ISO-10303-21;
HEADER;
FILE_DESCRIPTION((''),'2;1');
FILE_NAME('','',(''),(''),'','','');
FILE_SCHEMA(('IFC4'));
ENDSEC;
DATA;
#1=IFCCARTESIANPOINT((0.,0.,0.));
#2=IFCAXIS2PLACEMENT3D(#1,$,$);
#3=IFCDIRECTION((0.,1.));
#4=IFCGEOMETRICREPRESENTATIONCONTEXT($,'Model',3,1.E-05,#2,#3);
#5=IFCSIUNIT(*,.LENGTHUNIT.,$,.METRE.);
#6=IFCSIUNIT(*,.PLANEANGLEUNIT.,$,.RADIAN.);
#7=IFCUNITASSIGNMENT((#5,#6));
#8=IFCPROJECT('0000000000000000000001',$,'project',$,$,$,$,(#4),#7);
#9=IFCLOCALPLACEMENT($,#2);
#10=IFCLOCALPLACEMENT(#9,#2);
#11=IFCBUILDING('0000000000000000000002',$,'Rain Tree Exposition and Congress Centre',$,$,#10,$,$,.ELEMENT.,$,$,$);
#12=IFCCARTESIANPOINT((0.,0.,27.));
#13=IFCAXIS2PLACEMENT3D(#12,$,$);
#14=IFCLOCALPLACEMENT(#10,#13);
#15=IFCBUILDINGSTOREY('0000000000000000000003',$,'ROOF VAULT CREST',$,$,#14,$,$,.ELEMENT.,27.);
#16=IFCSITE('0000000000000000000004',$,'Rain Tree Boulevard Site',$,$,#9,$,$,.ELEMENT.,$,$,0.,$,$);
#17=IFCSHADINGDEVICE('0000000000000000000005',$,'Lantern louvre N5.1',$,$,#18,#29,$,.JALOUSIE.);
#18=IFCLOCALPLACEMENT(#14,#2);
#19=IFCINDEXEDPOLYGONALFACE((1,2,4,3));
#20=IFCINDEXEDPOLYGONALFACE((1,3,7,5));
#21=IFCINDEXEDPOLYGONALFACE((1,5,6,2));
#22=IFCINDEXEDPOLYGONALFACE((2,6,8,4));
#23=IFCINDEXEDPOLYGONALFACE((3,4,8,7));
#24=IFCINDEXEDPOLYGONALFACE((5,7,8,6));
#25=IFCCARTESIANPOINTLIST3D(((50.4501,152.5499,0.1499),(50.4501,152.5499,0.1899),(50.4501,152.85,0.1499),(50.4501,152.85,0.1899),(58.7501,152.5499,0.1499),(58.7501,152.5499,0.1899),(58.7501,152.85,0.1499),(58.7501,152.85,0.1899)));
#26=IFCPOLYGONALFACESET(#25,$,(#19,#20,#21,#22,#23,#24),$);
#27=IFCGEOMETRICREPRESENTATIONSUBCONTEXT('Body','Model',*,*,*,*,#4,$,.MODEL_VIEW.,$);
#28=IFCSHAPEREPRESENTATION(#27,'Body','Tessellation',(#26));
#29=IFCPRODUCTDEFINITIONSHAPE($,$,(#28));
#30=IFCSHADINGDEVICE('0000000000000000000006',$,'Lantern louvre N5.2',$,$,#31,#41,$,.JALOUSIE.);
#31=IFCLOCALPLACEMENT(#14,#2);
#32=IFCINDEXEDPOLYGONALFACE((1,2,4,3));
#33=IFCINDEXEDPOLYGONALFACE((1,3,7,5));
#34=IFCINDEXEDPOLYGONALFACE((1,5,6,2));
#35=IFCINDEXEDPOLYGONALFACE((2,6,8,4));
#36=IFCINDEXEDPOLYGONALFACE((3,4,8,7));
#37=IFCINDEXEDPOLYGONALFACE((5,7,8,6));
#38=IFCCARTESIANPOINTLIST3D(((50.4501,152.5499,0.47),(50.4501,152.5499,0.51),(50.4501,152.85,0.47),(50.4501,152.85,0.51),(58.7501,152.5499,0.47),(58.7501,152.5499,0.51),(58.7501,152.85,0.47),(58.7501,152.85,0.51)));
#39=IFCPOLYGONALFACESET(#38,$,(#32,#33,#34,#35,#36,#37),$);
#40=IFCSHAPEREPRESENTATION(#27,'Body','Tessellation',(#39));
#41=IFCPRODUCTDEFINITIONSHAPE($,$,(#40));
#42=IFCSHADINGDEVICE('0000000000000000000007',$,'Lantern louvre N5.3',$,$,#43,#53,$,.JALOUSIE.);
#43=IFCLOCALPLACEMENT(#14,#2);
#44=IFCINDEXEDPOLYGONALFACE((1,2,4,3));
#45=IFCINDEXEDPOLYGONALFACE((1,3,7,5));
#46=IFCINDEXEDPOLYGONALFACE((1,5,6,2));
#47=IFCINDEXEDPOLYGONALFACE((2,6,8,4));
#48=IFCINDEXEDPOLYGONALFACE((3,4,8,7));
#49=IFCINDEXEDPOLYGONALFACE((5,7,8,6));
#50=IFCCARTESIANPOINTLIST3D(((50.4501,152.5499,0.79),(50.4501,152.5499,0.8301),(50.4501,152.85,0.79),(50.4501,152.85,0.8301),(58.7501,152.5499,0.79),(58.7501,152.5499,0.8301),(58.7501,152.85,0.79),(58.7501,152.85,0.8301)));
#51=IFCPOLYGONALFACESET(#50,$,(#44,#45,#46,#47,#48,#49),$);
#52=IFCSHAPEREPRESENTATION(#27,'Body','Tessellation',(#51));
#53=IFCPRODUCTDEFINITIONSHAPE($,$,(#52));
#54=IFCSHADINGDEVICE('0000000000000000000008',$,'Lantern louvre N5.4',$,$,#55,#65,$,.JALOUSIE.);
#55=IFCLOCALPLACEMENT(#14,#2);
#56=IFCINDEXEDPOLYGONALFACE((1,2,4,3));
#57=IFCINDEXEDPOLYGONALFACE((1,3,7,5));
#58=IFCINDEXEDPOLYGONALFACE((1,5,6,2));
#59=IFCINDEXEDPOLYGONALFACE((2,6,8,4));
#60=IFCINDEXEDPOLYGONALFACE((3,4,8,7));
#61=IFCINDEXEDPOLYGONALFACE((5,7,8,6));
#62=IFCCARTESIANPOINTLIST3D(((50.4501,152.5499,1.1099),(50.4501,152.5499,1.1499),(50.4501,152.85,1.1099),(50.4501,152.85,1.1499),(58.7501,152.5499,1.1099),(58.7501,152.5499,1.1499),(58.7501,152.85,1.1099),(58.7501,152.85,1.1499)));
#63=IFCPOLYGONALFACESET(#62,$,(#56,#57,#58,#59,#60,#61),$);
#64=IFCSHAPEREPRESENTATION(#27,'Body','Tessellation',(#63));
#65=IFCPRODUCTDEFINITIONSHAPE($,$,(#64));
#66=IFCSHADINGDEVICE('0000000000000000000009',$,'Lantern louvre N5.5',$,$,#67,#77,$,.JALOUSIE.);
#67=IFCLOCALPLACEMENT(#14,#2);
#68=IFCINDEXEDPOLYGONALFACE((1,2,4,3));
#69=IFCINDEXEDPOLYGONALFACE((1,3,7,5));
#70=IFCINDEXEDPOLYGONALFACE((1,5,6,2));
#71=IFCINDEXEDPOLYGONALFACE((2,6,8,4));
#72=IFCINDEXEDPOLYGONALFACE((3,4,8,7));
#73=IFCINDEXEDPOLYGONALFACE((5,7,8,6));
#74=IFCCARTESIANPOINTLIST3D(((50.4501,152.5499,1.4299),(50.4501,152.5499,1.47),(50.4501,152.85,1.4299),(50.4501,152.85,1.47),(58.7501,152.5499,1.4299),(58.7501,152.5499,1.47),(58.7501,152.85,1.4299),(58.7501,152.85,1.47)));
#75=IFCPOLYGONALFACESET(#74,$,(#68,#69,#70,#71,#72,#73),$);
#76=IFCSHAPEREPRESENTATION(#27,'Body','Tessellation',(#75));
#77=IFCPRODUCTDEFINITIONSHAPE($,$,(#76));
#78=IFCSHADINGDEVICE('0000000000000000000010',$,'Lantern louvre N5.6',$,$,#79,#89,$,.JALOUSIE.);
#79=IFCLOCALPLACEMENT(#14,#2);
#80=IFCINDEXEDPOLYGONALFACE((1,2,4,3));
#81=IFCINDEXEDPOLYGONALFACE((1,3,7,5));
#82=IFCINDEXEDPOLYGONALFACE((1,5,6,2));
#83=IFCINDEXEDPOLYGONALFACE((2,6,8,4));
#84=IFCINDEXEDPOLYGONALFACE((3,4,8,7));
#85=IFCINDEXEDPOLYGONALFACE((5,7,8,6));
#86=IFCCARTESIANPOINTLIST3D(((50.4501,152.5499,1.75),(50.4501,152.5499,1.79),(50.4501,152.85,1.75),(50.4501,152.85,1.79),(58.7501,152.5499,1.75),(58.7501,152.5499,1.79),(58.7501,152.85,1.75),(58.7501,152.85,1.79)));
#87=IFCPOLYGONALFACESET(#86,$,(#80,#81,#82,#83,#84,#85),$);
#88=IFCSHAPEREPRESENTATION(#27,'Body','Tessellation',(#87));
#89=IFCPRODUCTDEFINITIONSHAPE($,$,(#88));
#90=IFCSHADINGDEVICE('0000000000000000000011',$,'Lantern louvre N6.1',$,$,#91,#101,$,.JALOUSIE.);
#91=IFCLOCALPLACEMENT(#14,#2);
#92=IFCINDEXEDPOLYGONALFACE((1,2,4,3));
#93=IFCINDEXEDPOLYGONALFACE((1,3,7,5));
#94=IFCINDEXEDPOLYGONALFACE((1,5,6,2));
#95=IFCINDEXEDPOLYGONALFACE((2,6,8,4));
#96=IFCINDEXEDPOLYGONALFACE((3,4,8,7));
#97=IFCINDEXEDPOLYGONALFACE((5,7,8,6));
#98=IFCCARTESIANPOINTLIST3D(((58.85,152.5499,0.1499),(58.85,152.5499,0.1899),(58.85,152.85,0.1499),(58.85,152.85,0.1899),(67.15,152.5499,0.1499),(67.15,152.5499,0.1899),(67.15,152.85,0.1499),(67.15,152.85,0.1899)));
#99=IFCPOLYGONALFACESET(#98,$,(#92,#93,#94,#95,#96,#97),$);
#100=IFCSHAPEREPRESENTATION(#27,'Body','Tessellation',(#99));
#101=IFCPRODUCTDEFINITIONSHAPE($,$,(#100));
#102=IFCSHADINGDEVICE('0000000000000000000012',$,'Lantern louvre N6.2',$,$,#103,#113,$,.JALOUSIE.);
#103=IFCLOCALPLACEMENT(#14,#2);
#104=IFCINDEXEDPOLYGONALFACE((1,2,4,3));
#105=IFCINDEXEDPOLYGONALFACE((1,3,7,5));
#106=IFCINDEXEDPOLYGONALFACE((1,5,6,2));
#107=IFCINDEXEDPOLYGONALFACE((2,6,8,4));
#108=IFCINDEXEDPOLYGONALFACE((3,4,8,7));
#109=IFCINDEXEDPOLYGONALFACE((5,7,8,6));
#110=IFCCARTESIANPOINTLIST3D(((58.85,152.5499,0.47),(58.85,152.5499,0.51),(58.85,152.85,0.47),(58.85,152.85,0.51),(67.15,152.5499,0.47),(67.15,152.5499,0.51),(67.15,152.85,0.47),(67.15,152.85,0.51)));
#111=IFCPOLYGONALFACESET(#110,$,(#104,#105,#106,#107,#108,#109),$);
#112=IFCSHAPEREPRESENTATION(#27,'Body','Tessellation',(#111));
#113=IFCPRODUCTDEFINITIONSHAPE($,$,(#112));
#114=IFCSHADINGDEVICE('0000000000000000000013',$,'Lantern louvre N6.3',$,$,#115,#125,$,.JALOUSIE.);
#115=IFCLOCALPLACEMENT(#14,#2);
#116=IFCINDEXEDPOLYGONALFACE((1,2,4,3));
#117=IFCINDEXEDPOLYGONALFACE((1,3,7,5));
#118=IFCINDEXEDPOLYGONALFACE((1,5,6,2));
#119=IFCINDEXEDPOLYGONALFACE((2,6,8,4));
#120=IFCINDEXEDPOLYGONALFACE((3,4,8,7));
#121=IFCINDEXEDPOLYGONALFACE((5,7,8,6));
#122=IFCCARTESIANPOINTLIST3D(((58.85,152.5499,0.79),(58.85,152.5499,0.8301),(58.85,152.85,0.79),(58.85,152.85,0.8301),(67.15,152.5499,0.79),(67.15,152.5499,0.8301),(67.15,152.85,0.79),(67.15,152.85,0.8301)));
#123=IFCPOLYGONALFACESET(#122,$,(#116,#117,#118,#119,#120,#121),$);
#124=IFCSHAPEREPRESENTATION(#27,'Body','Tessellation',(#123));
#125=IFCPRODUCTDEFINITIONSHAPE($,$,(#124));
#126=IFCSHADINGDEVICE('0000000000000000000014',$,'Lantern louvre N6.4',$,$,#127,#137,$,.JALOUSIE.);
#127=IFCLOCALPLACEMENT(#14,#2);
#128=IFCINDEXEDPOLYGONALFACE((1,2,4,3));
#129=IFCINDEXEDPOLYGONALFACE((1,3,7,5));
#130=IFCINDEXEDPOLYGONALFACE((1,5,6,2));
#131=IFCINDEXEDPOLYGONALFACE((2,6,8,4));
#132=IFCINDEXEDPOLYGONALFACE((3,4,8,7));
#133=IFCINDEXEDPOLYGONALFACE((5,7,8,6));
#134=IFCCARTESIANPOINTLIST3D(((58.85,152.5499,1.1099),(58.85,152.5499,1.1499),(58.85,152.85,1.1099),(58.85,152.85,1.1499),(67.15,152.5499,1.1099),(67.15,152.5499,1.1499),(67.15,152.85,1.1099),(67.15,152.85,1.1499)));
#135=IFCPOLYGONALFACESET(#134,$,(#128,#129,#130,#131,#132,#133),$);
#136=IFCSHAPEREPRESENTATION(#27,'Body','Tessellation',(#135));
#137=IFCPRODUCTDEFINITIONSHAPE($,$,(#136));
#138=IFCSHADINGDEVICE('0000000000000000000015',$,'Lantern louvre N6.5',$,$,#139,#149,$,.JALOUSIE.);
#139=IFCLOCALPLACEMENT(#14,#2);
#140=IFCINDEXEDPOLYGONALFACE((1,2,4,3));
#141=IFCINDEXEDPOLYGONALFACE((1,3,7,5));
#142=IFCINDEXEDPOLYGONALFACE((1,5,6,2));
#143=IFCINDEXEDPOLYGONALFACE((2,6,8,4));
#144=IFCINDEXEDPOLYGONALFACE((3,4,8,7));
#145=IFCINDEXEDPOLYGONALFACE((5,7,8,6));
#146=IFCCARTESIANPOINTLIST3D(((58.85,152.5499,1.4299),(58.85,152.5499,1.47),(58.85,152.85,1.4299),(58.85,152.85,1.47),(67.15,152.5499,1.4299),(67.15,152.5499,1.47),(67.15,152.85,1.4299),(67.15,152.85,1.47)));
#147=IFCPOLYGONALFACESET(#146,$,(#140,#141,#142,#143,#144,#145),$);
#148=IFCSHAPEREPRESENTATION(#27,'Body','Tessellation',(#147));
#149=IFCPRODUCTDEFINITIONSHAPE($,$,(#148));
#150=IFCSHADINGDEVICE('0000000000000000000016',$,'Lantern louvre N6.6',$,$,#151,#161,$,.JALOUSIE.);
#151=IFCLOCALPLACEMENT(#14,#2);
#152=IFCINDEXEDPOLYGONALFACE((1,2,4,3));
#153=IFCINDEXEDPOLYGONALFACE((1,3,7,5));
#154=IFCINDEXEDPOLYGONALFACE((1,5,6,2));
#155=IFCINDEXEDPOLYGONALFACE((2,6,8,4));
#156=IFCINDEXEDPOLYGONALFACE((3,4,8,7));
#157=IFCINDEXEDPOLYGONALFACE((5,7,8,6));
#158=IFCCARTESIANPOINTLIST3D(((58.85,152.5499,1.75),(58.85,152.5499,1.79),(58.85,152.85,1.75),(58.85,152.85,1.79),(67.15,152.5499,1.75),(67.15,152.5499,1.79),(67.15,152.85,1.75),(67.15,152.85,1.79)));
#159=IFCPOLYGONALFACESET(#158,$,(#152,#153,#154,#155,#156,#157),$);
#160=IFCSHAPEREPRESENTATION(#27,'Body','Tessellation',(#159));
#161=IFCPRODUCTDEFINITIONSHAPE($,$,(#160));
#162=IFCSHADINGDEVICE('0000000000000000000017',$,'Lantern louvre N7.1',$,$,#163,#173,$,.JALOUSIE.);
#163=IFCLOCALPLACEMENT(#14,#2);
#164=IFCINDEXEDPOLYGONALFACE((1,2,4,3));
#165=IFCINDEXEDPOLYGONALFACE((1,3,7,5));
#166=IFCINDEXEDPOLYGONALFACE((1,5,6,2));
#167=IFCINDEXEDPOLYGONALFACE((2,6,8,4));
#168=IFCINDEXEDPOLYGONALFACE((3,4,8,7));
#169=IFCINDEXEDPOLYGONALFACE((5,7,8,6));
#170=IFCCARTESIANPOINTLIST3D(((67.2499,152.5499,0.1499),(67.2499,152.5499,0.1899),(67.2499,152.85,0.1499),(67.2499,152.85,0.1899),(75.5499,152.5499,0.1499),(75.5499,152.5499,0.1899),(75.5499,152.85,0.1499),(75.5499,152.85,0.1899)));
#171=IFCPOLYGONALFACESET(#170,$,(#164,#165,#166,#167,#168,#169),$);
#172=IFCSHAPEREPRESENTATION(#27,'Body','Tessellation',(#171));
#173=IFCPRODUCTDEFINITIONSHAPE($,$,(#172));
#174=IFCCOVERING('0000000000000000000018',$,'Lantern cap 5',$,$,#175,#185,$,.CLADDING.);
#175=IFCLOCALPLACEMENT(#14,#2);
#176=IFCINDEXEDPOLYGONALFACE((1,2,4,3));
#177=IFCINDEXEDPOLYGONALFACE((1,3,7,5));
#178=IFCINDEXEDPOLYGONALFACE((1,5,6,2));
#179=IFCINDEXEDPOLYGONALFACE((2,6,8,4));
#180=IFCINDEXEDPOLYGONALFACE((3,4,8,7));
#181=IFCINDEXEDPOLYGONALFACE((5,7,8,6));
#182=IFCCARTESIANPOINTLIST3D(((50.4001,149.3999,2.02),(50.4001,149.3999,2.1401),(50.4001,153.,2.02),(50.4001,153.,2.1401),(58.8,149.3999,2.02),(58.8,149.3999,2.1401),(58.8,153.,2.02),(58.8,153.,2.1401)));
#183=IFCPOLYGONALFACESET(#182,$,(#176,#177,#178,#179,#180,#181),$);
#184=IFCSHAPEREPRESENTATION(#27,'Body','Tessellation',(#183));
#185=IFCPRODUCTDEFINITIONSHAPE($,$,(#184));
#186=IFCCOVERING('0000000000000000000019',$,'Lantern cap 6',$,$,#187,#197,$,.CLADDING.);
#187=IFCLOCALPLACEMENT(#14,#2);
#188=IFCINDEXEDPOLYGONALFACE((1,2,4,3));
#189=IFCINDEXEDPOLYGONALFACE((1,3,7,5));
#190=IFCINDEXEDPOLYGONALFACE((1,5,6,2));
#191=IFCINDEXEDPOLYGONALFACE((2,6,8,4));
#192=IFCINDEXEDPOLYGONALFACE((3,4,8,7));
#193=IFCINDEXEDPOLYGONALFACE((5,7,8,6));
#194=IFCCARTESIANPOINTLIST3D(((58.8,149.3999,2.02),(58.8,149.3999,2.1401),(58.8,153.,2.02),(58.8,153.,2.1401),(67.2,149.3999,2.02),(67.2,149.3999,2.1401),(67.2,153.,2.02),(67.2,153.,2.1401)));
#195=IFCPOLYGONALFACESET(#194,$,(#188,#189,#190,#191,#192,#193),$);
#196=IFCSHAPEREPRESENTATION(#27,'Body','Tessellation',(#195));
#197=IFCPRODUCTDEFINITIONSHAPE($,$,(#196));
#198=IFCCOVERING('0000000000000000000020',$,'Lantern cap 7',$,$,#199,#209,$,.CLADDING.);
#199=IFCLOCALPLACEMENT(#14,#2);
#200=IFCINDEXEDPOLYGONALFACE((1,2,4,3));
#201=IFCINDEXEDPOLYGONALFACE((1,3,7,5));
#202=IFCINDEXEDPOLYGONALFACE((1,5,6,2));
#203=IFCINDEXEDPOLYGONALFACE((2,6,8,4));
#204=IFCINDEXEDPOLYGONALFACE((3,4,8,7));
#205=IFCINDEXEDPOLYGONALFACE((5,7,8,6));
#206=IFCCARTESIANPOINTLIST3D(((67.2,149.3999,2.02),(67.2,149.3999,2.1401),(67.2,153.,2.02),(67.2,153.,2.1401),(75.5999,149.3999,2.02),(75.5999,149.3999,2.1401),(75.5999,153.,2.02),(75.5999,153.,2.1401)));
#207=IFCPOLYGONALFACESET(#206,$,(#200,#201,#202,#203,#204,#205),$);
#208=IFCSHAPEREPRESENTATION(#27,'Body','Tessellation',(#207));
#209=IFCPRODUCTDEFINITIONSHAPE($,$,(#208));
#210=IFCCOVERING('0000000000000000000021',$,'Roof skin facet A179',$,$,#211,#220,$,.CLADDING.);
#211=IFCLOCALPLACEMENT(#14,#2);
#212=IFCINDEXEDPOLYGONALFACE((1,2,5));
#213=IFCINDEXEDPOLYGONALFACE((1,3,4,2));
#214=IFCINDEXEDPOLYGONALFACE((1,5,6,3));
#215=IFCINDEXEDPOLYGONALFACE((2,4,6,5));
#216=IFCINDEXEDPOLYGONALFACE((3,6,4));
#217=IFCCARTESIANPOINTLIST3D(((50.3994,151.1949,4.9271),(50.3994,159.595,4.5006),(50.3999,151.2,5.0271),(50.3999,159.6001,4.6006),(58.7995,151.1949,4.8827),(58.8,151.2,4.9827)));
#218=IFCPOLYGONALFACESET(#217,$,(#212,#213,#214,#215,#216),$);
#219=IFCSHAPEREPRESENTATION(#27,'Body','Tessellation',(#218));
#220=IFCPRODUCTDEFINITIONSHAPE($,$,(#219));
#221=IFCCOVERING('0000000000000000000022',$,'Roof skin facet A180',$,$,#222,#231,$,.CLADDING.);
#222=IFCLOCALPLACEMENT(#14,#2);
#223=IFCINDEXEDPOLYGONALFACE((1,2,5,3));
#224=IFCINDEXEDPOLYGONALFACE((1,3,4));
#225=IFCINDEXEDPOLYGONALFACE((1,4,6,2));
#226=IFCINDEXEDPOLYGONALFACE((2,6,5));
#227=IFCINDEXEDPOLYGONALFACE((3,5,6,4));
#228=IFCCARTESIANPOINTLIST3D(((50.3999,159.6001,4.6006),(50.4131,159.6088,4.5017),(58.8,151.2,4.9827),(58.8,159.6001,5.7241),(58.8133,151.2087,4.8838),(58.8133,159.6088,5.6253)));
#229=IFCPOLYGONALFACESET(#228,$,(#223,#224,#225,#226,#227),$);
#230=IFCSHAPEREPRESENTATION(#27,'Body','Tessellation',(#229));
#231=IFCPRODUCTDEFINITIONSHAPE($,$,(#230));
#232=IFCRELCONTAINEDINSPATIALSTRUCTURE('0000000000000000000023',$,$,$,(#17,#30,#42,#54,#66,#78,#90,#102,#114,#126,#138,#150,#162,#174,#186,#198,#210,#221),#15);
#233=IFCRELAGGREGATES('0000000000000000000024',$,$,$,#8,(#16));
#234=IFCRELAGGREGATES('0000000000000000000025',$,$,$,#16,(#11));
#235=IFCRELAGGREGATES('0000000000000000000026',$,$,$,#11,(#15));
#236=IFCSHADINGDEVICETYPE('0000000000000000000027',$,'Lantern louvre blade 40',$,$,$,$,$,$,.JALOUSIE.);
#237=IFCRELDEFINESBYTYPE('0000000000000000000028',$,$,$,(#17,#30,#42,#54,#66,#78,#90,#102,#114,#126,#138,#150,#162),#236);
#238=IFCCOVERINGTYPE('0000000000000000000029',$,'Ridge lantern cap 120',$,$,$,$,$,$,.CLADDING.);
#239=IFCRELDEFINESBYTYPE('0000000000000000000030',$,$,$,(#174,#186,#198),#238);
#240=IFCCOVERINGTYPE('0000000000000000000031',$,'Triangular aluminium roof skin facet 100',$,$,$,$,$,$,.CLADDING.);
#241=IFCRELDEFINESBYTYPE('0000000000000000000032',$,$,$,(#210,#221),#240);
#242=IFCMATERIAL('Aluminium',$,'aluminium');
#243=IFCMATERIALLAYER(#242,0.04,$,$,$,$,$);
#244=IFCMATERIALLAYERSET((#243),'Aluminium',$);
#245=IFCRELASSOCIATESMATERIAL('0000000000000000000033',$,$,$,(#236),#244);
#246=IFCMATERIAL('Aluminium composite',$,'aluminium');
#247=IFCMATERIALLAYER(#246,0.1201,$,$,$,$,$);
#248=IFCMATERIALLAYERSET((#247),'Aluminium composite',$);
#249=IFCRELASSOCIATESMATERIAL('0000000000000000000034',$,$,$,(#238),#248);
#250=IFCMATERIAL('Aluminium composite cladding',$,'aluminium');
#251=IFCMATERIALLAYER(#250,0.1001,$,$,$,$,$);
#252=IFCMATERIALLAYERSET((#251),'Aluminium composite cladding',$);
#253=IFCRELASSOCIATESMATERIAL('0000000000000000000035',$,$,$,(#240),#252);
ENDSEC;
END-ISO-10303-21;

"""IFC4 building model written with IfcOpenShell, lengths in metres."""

from ifc_helpers import new_model, si_unit, direction, frame, origin, origin_2d, place, context, subcontext, project, spatial, polyline, rectangle, outline, extrude, material, layer, layer_set, type_object, element, save


model = new_model("IFC4")

# Units and contexts
model_context = context("Model", 3, precision=1e-05, world=origin(), true_north=direction((0.0, 1.0)))
body_context = subcontext(model_context, "Body", "Model", "MODEL_VIEW")
ifc_project = project(units=[si_unit("LENGTHUNIT", "METRE"), si_unit("PLANEANGLEUNIT", "RADIAN")], contexts=[model_context])

# Site, building, storey
site_placement = place(None, origin())
site = spatial("IfcSite", under=ifc_project, at=site_placement, Name="Rain Tree Boulevard Site", CompositionType="ELEMENT", RefElevation=0.0)
building_placement = place(site_placement, origin())
building = spatial("IfcBuilding", under=site, at=building_placement, Name="Rain Tree Exposition and Congress Centre", CompositionType="ELEMENT")
storey_placement = place(building_placement, frame((0.0, 0.0, 27.0)))
storey = spatial("IfcBuildingStorey", under=building, at=storey_placement, Name="ROOF VAULT CREST", CompositionType="ELEMENT", Elevation=27.0)

# Shading devices
ifc_material_1 = material(Name="Aluminium", Category="aluminium")
ifc_layer_1 = layer(ifc_material_1, 0.04)
ifc_layer_set_1 = layer_set([ifc_layer_1], Name="Aluminium")
shading_device_type = type_object("IfcShadingDeviceType", Name="Lantern louvre blade 40", PredefinedType="JALOUSIE", material=ifc_layer_set_1)
for number, where, z_axis, x_axis, name in (
    (1, (54.6001, 152.7, 0.1499), (0.0, 0.0, 1.0), (1.0, 0.0, 0.0), "Lantern louvre N5.1"),
    (2, (54.6001, 152.7, 0.47), (0.0, 0.0, 1.0), (1.0, 0.0, 0.0), "Lantern louvre N5.2"),
    (3, (54.6001, 152.7, 0.79), (0.0, 0.0, 1.0), (1.0, 0.0, 0.0), "Lantern louvre N5.3"),
    (4, (54.6001, 152.7, 1.1099), (0.0, 0.0, 1.0), (1.0, 0.0, 0.0), "Lantern louvre N5.4"),
    (5, (54.6001, 152.7, 1.4299), (0.0, 0.0, 1.0), (1.0, 0.0, 0.0), "Lantern louvre N5.5"),
    (6, (54.6001, 152.7, 1.75), (0.0, 0.0, 1.0), (1.0, 0.0, 0.0), "Lantern louvre N5.6"),
    (7, (63.0, 152.7, 0.1499), (0.0, 0.0, 1.0), (1.0, 0.0, 0.0), "Lantern louvre N6.1"),
    (8, (63.0, 152.7, 0.47), (0.0, 0.0, 1.0), (1.0, 0.0, 0.0), "Lantern louvre N6.2"),
    (9, (63.0, 152.7, 0.79), (0.0, 0.0, 1.0), (1.0, 0.0, 0.0), "Lantern louvre N6.3"),
    (10, (63.0, 152.7, 1.1099), (0.0, 0.0, 1.0), (1.0, 0.0, 0.0), "Lantern louvre N6.4"),
    (11, (63.0, 152.7, 1.4299), (0.0, 0.0, 1.0), (1.0, 0.0, 0.0), "Lantern louvre N6.5"),
    (12, (63.0, 152.7, 1.75), (0.0, 0.0, 1.0), (1.0, 0.0, 0.0), "Lantern louvre N6.6"),
    (13, (71.3999, 152.7, 0.1499), (0.0, 0.0, 1.0), (1.0, 0.0, 0.0), "Lantern louvre N7.1"),
):
    element("IfcShadingDevice", number, at=place(storey_placement, frame(where, z_axis=z_axis, x_axis=x_axis)), inside=storey, type_object=shading_device_type, Name=name, PredefinedType="JALOUSIE", context=body_context, shape_type="SweptSolid", body=[
        extrude(rectangle(XDim=8.3, YDim=0.3, at=origin_2d()), origin(), (0.0, 0.0, 1.0), 0.04),
    ])

# Coverings
ifc_material_2 = material(Name="Aluminium composite", Category="aluminium")
ifc_layer_2 = layer(ifc_material_2, 0.1201)
ifc_layer_set_2 = layer_set([ifc_layer_2], Name="Aluminium composite")
covering_type_1 = type_object("IfcCoveringType", Name="Ridge lantern cap 120", PredefinedType="CLADDING", material=ifc_layer_set_2)
for number, where, z_axis, x_axis, name in (
    (14, (54.6001, 151.2, 2.02), (0.0, 0.0, 1.0), (1.0, 0.0, 0.0), "Lantern cap 5"),
    (15, (63.0, 151.2, 2.02), (0.0, 0.0, 1.0), (1.0, 0.0, 0.0), "Lantern cap 6"),
    (16, (71.3999, 151.2, 2.02), (0.0, 0.0, 1.0), (1.0, 0.0, 0.0), "Lantern cap 7"),
):
    element("IfcCovering", number, at=place(storey_placement, frame(where, z_axis=z_axis, x_axis=x_axis)), inside=storey, type_object=covering_type_1, Name=name, PredefinedType="CLADDING", context=body_context, shape_type="SweptSolid", body=[
        extrude(rectangle(XDim=8.3999, YDim=3.6001, at=origin_2d()), origin(), (0.0, 0.0, 1.0), 0.1201),
    ])
ifc_material_3 = material(Name="Aluminium composite cladding", Category="aluminium")
ifc_layer_3 = layer(ifc_material_3, 0.1001)
ifc_layer_set_3 = layer_set([ifc_layer_3], Name="Aluminium composite cladding")
covering_type_2 = type_object("IfcCoveringType", Name="Triangular aluminium roof skin facet 100", PredefinedType="CLADDING", material=ifc_layer_set_3)
covering_1_placement = place(storey_placement, frame((50.3999, 151.2, 5.0271), z_axis=(0.005283, 0.050709, 0.9987), x_axis=(0.999986, 0.0, -0.00529)))
element("IfcCovering", 17, at=covering_1_placement, inside=storey, type_object=covering_type_2, Name="Roof skin facet A179", PredefinedType="CLADDING", context=body_context, shape_type="SweptSolid", body=[
    extrude(outline(polyline([(0.0, 0.0), (8.4003, 0.0), (0.0023, 8.411), (0.0, 0.0)])), origin(), (0.0, 0.0, -1.0), 0.1001),
])
covering_2_placement = place(storey_placement, frame((58.8, 151.2, 4.9827), z_axis=(-0.132067, -0.087155, 0.987402), x_axis=(0.0, 0.996127, 0.087925)))
element("IfcCovering", 18, at=covering_2_placement, inside=storey, type_object=covering_type_2, Name="Roof skin facet A180", PredefinedType="CLADDING", context=body_context, shape_type="SweptSolid", body=[
    extrude(outline(polyline([(0.0, 0.0), (8.4328, 0.0), (8.334, 8.4744), (0.0, 0.0)])), origin(), (0.0, 0.0, -1.0), 0.1001),
])

save(model, "model.ifc")
